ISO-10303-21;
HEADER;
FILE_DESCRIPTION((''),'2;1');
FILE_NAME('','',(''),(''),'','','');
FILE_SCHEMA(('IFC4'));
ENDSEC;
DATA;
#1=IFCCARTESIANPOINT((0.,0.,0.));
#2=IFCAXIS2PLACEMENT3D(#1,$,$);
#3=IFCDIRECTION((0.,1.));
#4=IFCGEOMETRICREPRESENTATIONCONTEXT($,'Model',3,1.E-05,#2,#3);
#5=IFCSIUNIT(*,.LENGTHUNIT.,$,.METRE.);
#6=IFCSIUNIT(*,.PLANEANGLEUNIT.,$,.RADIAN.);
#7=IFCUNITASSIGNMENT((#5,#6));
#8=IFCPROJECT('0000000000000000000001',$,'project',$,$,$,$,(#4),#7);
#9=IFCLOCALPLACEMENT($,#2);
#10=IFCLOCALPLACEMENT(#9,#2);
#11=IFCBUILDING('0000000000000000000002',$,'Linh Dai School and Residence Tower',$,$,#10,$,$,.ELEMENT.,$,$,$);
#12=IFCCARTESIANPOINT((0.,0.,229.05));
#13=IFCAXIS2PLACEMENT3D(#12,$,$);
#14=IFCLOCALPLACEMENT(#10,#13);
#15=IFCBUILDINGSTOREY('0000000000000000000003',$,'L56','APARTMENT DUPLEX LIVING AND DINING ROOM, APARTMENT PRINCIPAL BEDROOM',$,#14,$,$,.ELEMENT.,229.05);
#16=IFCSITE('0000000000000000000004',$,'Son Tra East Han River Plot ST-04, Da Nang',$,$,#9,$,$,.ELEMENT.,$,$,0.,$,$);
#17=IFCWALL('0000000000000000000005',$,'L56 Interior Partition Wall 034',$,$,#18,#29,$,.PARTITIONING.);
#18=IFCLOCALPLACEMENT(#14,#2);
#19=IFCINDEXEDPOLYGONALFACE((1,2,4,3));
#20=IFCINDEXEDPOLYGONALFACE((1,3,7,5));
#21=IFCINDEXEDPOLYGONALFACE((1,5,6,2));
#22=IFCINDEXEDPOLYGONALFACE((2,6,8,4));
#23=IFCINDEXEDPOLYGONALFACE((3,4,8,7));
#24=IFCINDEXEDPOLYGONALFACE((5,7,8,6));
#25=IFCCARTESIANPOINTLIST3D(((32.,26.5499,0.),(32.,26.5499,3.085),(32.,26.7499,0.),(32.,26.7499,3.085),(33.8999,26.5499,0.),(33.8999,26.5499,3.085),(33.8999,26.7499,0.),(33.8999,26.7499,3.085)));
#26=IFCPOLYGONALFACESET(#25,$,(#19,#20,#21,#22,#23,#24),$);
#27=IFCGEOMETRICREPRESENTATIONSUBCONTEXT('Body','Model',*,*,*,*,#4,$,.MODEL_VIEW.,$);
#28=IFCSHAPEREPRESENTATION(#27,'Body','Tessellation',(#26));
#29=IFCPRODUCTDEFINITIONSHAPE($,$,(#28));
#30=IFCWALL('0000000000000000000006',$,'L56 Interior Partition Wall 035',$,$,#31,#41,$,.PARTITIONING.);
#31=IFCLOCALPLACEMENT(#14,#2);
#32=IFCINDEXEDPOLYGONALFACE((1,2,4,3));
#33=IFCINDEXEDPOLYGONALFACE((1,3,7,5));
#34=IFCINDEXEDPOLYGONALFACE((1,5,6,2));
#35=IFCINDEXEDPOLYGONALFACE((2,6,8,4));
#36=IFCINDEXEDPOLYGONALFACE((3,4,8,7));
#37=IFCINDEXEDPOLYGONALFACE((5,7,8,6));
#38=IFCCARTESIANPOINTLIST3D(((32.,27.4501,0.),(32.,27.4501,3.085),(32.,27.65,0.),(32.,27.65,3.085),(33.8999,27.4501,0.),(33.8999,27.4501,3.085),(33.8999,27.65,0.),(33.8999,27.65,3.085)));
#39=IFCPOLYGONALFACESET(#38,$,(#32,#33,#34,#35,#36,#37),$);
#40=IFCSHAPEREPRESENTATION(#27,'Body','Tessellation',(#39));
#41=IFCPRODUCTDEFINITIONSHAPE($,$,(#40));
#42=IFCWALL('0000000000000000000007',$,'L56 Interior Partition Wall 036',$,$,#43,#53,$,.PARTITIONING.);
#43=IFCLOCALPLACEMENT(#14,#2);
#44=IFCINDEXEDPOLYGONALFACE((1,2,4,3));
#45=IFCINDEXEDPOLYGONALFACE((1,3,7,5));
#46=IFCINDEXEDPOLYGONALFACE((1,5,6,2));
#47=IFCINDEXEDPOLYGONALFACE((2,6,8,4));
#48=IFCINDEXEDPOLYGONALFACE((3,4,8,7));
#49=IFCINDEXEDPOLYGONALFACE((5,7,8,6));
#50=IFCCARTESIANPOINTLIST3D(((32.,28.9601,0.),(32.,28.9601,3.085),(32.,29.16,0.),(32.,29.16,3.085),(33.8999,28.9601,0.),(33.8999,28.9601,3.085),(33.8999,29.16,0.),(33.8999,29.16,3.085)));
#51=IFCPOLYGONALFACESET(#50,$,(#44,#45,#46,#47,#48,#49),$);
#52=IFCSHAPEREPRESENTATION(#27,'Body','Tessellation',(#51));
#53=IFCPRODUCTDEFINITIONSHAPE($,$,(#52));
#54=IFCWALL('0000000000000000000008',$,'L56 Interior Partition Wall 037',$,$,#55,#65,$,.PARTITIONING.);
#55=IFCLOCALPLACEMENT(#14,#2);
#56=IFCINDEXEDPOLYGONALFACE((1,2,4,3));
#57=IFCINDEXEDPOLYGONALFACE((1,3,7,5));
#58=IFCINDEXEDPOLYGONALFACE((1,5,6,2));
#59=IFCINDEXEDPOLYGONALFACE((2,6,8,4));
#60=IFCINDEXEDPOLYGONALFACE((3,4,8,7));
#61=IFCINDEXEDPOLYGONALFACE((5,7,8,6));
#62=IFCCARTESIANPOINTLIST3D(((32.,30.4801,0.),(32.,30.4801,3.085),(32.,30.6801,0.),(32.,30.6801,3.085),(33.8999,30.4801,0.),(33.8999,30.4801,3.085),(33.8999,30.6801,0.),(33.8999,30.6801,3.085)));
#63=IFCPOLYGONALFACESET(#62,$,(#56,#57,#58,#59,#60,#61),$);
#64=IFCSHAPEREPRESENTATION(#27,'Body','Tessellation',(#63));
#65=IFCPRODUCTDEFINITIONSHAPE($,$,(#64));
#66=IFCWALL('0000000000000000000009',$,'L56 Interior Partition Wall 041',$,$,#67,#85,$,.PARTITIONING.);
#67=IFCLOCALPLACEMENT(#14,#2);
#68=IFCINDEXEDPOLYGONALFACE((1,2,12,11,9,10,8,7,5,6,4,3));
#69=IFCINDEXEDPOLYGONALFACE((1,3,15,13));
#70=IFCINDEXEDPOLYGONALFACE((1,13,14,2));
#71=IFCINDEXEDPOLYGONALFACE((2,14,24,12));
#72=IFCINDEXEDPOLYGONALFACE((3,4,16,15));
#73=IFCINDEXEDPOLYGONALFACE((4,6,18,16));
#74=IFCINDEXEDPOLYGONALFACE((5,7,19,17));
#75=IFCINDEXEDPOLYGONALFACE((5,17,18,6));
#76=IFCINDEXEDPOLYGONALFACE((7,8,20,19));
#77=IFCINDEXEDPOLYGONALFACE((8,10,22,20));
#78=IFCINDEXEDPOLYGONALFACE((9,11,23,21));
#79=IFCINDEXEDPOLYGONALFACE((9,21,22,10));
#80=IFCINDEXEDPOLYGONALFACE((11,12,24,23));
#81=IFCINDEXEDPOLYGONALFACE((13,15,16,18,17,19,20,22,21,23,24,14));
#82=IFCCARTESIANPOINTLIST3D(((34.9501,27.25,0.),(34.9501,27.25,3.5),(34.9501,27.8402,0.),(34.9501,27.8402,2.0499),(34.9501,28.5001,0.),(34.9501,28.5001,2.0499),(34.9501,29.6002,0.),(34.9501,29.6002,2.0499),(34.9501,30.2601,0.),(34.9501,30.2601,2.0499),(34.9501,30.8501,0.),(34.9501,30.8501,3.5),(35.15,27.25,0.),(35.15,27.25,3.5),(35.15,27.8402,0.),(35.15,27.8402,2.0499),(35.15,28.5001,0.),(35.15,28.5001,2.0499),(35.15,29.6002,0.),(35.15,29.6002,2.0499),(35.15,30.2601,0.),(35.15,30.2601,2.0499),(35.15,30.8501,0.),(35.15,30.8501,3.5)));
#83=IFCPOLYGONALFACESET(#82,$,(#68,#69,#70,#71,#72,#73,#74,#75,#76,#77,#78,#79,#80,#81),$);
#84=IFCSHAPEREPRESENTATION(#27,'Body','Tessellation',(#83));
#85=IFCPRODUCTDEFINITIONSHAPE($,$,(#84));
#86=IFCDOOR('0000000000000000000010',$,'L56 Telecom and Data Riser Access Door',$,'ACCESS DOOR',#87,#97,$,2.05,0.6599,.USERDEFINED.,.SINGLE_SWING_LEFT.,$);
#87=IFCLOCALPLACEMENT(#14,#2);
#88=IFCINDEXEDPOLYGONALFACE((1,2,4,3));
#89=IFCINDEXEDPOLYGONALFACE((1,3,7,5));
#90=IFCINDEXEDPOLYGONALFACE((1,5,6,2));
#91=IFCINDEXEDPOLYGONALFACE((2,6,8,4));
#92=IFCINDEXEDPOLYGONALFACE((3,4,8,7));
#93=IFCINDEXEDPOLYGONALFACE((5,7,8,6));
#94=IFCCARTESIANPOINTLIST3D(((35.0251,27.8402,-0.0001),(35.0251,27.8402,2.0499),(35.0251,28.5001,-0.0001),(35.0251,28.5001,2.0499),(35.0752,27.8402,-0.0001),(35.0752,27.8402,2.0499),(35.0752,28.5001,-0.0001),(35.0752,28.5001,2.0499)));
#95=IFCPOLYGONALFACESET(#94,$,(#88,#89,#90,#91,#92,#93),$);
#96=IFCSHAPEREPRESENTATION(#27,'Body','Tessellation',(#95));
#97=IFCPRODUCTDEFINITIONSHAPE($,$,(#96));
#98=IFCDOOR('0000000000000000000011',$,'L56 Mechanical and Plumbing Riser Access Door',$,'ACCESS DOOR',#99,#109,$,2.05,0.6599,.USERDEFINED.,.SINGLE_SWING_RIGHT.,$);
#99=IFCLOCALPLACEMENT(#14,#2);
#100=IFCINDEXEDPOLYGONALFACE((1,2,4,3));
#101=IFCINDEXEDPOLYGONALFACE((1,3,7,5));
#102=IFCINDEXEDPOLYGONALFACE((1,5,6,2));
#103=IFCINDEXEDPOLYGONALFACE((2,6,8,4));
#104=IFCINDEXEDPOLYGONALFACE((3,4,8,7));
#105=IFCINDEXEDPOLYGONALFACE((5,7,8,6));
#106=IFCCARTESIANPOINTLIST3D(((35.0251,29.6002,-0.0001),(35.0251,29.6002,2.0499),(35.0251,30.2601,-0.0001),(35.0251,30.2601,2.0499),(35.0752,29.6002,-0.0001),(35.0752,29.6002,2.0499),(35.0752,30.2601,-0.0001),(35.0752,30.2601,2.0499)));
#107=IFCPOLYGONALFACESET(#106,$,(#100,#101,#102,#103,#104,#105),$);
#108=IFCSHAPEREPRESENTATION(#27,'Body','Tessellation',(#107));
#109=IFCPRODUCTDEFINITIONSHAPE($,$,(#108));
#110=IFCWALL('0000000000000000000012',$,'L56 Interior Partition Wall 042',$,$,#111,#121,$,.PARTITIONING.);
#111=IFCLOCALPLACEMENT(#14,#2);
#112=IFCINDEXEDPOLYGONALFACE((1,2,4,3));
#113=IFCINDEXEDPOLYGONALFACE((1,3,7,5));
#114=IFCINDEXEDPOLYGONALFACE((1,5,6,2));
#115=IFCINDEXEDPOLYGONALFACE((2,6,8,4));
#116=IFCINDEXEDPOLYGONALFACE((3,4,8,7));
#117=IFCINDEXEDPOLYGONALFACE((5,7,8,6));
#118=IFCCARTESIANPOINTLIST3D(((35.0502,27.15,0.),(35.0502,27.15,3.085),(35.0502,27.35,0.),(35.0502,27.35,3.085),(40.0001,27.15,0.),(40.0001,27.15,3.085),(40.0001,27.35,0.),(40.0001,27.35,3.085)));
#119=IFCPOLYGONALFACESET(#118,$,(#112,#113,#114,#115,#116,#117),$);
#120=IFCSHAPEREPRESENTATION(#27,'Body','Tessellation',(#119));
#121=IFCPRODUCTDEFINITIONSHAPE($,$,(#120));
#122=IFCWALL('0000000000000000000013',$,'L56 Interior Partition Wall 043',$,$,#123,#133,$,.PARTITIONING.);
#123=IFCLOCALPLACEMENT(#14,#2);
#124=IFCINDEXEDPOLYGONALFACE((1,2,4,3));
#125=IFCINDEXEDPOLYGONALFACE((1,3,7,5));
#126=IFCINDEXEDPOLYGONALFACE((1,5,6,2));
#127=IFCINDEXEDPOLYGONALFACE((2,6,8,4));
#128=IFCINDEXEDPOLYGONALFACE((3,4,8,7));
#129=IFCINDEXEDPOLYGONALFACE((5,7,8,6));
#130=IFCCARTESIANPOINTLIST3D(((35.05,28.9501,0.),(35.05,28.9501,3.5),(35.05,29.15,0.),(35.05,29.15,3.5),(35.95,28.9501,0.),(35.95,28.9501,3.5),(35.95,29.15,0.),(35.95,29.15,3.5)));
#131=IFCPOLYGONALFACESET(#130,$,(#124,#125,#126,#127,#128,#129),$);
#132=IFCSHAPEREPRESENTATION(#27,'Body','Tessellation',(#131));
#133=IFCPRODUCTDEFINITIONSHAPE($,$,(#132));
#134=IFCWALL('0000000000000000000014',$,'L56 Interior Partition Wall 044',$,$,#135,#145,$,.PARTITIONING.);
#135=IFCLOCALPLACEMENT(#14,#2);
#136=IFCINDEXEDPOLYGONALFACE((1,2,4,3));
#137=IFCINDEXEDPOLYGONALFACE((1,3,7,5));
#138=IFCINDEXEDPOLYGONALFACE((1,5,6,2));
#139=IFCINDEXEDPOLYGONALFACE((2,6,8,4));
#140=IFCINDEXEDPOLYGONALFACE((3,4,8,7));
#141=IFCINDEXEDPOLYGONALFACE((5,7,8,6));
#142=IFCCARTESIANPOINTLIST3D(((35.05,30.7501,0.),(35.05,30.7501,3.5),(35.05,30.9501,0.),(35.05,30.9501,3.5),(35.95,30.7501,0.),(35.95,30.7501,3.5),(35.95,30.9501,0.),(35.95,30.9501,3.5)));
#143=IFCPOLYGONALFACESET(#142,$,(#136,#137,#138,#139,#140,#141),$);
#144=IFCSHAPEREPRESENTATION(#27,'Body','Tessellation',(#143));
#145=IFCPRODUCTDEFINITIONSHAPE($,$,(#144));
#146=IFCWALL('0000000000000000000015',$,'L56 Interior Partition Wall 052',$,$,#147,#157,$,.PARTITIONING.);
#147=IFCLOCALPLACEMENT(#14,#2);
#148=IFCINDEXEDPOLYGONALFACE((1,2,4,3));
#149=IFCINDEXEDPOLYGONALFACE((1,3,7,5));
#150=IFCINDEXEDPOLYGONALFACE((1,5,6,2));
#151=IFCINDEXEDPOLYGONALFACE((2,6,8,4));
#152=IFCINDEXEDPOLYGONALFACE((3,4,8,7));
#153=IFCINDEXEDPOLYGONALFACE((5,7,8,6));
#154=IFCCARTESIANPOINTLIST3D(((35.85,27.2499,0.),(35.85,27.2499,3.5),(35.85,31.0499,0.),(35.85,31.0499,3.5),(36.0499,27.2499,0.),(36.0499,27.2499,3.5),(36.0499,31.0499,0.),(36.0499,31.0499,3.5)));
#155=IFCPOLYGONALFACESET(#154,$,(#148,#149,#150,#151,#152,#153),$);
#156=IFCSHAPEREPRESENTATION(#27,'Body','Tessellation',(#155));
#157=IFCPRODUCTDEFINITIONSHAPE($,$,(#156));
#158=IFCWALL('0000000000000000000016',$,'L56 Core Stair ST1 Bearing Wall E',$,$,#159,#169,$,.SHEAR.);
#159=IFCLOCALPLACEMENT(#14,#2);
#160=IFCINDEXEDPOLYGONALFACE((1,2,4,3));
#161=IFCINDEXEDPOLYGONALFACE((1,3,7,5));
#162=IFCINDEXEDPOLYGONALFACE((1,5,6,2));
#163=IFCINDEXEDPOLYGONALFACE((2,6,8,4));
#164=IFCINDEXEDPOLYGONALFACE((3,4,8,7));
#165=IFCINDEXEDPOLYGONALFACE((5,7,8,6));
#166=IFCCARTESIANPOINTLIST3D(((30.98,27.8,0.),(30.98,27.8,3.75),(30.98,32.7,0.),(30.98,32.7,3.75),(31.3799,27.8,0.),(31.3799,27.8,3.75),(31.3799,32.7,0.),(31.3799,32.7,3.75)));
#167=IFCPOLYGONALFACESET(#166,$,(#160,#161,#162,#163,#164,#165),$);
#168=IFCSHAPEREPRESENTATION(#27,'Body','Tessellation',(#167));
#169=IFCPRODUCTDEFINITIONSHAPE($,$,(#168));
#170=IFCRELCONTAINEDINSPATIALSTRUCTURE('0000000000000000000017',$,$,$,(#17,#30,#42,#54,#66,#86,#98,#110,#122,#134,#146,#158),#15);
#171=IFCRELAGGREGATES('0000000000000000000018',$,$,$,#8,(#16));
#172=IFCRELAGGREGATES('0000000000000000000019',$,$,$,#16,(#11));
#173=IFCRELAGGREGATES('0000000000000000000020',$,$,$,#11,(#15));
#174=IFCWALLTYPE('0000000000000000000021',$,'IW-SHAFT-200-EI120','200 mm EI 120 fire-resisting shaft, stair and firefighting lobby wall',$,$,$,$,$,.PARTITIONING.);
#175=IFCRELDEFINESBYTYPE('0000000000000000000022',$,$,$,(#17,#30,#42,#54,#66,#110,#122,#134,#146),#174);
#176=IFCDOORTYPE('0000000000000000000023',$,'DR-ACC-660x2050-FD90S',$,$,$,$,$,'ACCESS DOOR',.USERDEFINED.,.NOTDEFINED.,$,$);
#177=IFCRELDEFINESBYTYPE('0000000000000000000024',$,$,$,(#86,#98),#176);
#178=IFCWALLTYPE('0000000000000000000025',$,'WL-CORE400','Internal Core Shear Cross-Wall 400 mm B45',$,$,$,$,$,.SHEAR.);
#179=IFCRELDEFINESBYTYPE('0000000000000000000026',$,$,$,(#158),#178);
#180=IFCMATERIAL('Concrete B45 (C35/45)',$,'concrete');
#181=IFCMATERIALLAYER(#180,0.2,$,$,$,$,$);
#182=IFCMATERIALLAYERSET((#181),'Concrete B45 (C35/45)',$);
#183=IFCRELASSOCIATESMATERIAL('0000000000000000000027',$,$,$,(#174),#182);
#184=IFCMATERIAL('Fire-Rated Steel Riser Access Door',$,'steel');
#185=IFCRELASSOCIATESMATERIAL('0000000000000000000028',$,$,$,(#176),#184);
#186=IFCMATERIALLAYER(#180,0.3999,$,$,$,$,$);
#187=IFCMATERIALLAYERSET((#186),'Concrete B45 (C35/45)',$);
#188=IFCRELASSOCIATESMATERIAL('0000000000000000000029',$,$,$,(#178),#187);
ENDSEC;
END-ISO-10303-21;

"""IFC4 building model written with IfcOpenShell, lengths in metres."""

from ifc_helpers import new_model, si_unit, direction, frame, frame_2d, origin, origin_2d, place, context, subcontext, project, spatial, rectangle, extrude, source, transform, mapped, material, layer, layer_set, type_object, element, fill, save


model = new_model("IFC4")

# Units and contexts
model_context = context("Model", 3, precision=1e-05, world=origin(), true_north=direction((0.0, 1.0)))
body_context = subcontext(model_context, "Body", "Model", "MODEL_VIEW")
ifc_project = project(units=[si_unit("LENGTHUNIT", "METRE"), si_unit("PLANEANGLEUNIT", "RADIAN")], contexts=[model_context])

# Site, building, storey
site_placement = place(None, origin())
site = spatial("IfcSite", under=ifc_project, at=site_placement, Name="Son Tra East Han River Plot ST-04, Da Nang", CompositionType="ELEMENT", RefElevation=0.0)
building_placement = place(site_placement, origin())
building = spatial("IfcBuilding", under=site, at=building_placement, Name="Linh Dai School and Residence Tower", CompositionType="ELEMENT")
storey_placement = place(building_placement, frame((0.0, 0.0, 229.05)))
storey = spatial("IfcBuildingStorey", under=building, at=storey_placement, Name="L56", Description="APARTMENT DUPLEX LIVING AND DINING ROOM, APARTMENT PRINCIPAL BEDROOM", CompositionType="ELEMENT", Elevation=229.05)

# Walls
ifc_material_1 = material(Name="Concrete B45 (C35/45)", Category="concrete")
ifc_layer_1 = layer(ifc_material_1, 0.2)
ifc_layer_set_1 = layer_set([ifc_layer_1], Name="Concrete B45 (C35/45)")
wall_type_1 = type_object("IfcWallType", Name="IW-SHAFT-200-EI120", Description="200 mm EI 120 fire-resisting shaft, stair and firefighting lobby wall", PredefinedType="PARTITIONING", material=ifc_layer_set_1)
for number, where, z_axis, x_axis, name in (
    (1, (32.0, 26.6499, 0.0), (0.0, 0.0, 1.0), (1.0, 0.0, 0.0), "L56 Interior Partition Wall 034"),
    (2, (32.0, 27.55, 0.0), (0.0, 0.0, 1.0), (1.0, 0.0, 0.0), "L56 Interior Partition Wall 035"),
    (3, (32.0, 29.0601, 0.0), (0.0, 0.0, 1.0), (1.0, 0.0, 0.0), "L56 Interior Partition Wall 036"),
    (4, (32.0, 30.5801, 0.0), (0.0, 0.0, 1.0), (1.0, 0.0, 0.0), "L56 Interior Partition Wall 037"),
):
    element("IfcWall", number, at=place(storey_placement, frame(where, z_axis=z_axis, x_axis=x_axis)), inside=storey, type_object=wall_type_1, Name=name, PredefinedType="PARTITIONING", context=body_context, shape_type="SweptSolid", body=[
        extrude(rectangle(XDim=1.8999, YDim=0.2, at=frame_2d((0.95, 0.0))), origin(), (0.0, 0.0, 1.0), 3.085),
    ])

# Wall, openings, doors
wall_1_placement = place(storey_placement, frame((35.05, 27.25, 0.0), z_axis=(0.0, 0.0, 1.0), x_axis=(0.0, 1.0, 0.0)))
wall_1 = element("IfcWall", 5, at=wall_1_placement, inside=storey, type_object=wall_type_1, Name="L56 Interior Partition Wall 041", PredefinedType="PARTITIONING", context=body_context, shape_type="SweptSolid", body=[
    extrude(rectangle(XDim=3.6001, YDim=0.2, at=frame_2d((1.8, 0.0))), origin(), (0.0, 0.0, 1.0), 3.5),
])
opening_1_placement = place(wall_1_placement, frame((0.5901, 0.0, 0.0)))
opening_1 = element("IfcOpeningElement", 6, at=opening_1_placement, cuts=wall_1, PredefinedType="OPENING", context=body_context, shape_type="SweptSolid", body=[
    extrude(rectangle(XDim=0.6599, YDim=2.05, at=origin_2d()), frame((0.3301, 0.1099, 1.0249), z_axis=(0.0, -1.0, 0.0), x_axis=(1.0, 0.0, 0.0)), (0.0, 0.0, 1.0), 0.22),
])
opening_2_placement = place(wall_1_placement, frame((2.3501, 0.0, 0.0)))
opening_2 = element("IfcOpeningElement", 7, at=opening_2_placement, cuts=wall_1, PredefinedType="OPENING", context=body_context, shape_type="SweptSolid", body=[
    extrude(rectangle(XDim=0.6599, YDim=2.05, at=origin_2d()), frame((0.3301, 0.1099, 1.0249), z_axis=(0.0, -1.0, 0.0), x_axis=(1.0, 0.0, 0.0)), (0.0, 0.0, 1.0), 0.22),
])
ifc_material_2 = material(Name="Fire-Rated Steel Riser Access Door", Category="steel")
door_type_1 = type_object("IfcDoorType", Name="DR-ACC-660x2050-FD90S", ElementType="ACCESS DOOR", OperationType="NOTDEFINED", PredefinedType="USERDEFINED", material=ifc_material_2)
shared_shape_1 = source(origin(), body_context, "Body", "SweptSolid", [
    extrude(rectangle(XDim=0.6599, YDim=2.05, at=origin_2d()), frame((0.3301, 0.0249, 1.0249), z_axis=(0.0, -1.0, 0.0), x_axis=(1.0, 0.0, 0.0)), (0.0, 0.0, 1.0), 0.05),
])
door_1_placement = place(opening_1_placement, origin())
door_1 = element("IfcDoor", 8, at=door_1_placement, inside=storey, type_object=door_type_1, Name="L56 Telecom and Data Riser Access Door", ObjectType="ACCESS DOOR", OperationType="SINGLE_SWING_LEFT", OverallHeight=2.05, OverallWidth=0.6599, PredefinedType="USERDEFINED", context=body_context, shape_type="MappedRepresentation", body=[
    mapped(shared_shape_1, transform((0.0, 0.0, 0.0), x_axis=(1.0, 0.0, 0.0), y_axis=(0.0, 1.0, 0.0), z_axis=(0.0, 0.0, 1.0), scale=1.0)),
])
fill(opening_1, door_1)
door_2_placement = place(opening_2_placement, origin())
door_2 = element("IfcDoor", 9, at=door_2_placement, inside=storey, type_object=door_type_1, Name="L56 Mechanical and Plumbing Riser Access Door", ObjectType="ACCESS DOOR", OperationType="SINGLE_SWING_RIGHT", OverallHeight=2.05, OverallWidth=0.6599, PredefinedType="USERDEFINED", context=body_context, shape_type="MappedRepresentation", body=[
    mapped(shared_shape_1, transform((0.0, 0.0, 0.0), x_axis=(1.0, 0.0, 0.0), y_axis=(0.0, 1.0, 0.0), z_axis=(0.0, 0.0, 1.0), scale=1.0)),
])
fill(opening_2, door_2)

# Walls
wall_2_placement = place(storey_placement, frame((35.05, 27.25, 0.0), z_axis=(0.0, 0.0, 1.0), x_axis=(1.0, 0.0, 0.0)))
element("IfcWall", 10, at=wall_2_placement, inside=storey, type_object=wall_type_1, Name="L56 Interior Partition Wall 042", PredefinedType="PARTITIONING", context=body_context, shape_type="SweptSolid", body=[
    extrude(rectangle(XDim=4.95, YDim=0.2, at=frame_2d((2.4751, 0.0))), origin(), (0.0, 0.0, 1.0), 3.085),
])
for number, where, z_axis, x_axis, name in (
    (11, (35.05, 29.05, 0.0), (0.0, 0.0, 1.0), (1.0, 0.0, 0.0), "L56 Interior Partition Wall 043"),
    (12, (35.05, 30.8501, 0.0), (0.0, 0.0, 1.0), (1.0, 0.0, 0.0), "L56 Interior Partition Wall 044"),
):
    element("IfcWall", number, at=place(storey_placement, frame(where, z_axis=z_axis, x_axis=x_axis)), inside=storey, type_object=wall_type_1, Name=name, PredefinedType="PARTITIONING", context=body_context, shape_type="SweptSolid", body=[
        extrude(rectangle(XDim=0.8999, YDim=0.2, at=frame_2d((0.45, 0.0))), origin(), (0.0, 0.0, 1.0), 3.5),
    ])
wall_3_placement = place(storey_placement, frame((35.95, 27.25, 0.0), z_axis=(0.0, 0.0, 1.0), x_axis=(0.0, 1.0, 0.0)))
element("IfcWall", 13, at=wall_3_placement, inside=storey, type_object=wall_type_1, Name="L56 Interior Partition Wall 052", PredefinedType="PARTITIONING", context=body_context, shape_type="SweptSolid", body=[
    extrude(rectangle(XDim=3.8, YDim=0.2, at=frame_2d((1.8999, 0.0))), origin(), (0.0, 0.0, 1.0), 3.5),
])

# Wall
ifc_layer_2 = layer(ifc_material_1, 0.3999)
ifc_layer_set_2 = layer_set([ifc_layer_2], Name="Concrete B45 (C35/45)")
wall_type_2 = type_object("IfcWallType", Name="WL-CORE400", Description="Internal Core Shear Cross-Wall 400 mm B45", PredefinedType="SHEAR", material=ifc_layer_set_2)
wall_4_placement = place(storey_placement, frame((31.1799, 27.8, 0.0), z_axis=(0.0, 0.0, 1.0), x_axis=(0.0, 1.0, 0.0)))
element("IfcWall", 14, at=wall_4_placement, inside=storey, type_object=wall_type_2, Name="L56 Core Stair ST1 Bearing Wall E", PredefinedType="SHEAR", context=body_context, shape_type="SweptSolid", body=[
    extrude(rectangle(XDim=4.8999, YDim=0.3999, at=frame_2d((2.45, 0.0))), origin(), (0.0, 0.0, 1.0), 3.75),
])

save(model, "model.ifc")
